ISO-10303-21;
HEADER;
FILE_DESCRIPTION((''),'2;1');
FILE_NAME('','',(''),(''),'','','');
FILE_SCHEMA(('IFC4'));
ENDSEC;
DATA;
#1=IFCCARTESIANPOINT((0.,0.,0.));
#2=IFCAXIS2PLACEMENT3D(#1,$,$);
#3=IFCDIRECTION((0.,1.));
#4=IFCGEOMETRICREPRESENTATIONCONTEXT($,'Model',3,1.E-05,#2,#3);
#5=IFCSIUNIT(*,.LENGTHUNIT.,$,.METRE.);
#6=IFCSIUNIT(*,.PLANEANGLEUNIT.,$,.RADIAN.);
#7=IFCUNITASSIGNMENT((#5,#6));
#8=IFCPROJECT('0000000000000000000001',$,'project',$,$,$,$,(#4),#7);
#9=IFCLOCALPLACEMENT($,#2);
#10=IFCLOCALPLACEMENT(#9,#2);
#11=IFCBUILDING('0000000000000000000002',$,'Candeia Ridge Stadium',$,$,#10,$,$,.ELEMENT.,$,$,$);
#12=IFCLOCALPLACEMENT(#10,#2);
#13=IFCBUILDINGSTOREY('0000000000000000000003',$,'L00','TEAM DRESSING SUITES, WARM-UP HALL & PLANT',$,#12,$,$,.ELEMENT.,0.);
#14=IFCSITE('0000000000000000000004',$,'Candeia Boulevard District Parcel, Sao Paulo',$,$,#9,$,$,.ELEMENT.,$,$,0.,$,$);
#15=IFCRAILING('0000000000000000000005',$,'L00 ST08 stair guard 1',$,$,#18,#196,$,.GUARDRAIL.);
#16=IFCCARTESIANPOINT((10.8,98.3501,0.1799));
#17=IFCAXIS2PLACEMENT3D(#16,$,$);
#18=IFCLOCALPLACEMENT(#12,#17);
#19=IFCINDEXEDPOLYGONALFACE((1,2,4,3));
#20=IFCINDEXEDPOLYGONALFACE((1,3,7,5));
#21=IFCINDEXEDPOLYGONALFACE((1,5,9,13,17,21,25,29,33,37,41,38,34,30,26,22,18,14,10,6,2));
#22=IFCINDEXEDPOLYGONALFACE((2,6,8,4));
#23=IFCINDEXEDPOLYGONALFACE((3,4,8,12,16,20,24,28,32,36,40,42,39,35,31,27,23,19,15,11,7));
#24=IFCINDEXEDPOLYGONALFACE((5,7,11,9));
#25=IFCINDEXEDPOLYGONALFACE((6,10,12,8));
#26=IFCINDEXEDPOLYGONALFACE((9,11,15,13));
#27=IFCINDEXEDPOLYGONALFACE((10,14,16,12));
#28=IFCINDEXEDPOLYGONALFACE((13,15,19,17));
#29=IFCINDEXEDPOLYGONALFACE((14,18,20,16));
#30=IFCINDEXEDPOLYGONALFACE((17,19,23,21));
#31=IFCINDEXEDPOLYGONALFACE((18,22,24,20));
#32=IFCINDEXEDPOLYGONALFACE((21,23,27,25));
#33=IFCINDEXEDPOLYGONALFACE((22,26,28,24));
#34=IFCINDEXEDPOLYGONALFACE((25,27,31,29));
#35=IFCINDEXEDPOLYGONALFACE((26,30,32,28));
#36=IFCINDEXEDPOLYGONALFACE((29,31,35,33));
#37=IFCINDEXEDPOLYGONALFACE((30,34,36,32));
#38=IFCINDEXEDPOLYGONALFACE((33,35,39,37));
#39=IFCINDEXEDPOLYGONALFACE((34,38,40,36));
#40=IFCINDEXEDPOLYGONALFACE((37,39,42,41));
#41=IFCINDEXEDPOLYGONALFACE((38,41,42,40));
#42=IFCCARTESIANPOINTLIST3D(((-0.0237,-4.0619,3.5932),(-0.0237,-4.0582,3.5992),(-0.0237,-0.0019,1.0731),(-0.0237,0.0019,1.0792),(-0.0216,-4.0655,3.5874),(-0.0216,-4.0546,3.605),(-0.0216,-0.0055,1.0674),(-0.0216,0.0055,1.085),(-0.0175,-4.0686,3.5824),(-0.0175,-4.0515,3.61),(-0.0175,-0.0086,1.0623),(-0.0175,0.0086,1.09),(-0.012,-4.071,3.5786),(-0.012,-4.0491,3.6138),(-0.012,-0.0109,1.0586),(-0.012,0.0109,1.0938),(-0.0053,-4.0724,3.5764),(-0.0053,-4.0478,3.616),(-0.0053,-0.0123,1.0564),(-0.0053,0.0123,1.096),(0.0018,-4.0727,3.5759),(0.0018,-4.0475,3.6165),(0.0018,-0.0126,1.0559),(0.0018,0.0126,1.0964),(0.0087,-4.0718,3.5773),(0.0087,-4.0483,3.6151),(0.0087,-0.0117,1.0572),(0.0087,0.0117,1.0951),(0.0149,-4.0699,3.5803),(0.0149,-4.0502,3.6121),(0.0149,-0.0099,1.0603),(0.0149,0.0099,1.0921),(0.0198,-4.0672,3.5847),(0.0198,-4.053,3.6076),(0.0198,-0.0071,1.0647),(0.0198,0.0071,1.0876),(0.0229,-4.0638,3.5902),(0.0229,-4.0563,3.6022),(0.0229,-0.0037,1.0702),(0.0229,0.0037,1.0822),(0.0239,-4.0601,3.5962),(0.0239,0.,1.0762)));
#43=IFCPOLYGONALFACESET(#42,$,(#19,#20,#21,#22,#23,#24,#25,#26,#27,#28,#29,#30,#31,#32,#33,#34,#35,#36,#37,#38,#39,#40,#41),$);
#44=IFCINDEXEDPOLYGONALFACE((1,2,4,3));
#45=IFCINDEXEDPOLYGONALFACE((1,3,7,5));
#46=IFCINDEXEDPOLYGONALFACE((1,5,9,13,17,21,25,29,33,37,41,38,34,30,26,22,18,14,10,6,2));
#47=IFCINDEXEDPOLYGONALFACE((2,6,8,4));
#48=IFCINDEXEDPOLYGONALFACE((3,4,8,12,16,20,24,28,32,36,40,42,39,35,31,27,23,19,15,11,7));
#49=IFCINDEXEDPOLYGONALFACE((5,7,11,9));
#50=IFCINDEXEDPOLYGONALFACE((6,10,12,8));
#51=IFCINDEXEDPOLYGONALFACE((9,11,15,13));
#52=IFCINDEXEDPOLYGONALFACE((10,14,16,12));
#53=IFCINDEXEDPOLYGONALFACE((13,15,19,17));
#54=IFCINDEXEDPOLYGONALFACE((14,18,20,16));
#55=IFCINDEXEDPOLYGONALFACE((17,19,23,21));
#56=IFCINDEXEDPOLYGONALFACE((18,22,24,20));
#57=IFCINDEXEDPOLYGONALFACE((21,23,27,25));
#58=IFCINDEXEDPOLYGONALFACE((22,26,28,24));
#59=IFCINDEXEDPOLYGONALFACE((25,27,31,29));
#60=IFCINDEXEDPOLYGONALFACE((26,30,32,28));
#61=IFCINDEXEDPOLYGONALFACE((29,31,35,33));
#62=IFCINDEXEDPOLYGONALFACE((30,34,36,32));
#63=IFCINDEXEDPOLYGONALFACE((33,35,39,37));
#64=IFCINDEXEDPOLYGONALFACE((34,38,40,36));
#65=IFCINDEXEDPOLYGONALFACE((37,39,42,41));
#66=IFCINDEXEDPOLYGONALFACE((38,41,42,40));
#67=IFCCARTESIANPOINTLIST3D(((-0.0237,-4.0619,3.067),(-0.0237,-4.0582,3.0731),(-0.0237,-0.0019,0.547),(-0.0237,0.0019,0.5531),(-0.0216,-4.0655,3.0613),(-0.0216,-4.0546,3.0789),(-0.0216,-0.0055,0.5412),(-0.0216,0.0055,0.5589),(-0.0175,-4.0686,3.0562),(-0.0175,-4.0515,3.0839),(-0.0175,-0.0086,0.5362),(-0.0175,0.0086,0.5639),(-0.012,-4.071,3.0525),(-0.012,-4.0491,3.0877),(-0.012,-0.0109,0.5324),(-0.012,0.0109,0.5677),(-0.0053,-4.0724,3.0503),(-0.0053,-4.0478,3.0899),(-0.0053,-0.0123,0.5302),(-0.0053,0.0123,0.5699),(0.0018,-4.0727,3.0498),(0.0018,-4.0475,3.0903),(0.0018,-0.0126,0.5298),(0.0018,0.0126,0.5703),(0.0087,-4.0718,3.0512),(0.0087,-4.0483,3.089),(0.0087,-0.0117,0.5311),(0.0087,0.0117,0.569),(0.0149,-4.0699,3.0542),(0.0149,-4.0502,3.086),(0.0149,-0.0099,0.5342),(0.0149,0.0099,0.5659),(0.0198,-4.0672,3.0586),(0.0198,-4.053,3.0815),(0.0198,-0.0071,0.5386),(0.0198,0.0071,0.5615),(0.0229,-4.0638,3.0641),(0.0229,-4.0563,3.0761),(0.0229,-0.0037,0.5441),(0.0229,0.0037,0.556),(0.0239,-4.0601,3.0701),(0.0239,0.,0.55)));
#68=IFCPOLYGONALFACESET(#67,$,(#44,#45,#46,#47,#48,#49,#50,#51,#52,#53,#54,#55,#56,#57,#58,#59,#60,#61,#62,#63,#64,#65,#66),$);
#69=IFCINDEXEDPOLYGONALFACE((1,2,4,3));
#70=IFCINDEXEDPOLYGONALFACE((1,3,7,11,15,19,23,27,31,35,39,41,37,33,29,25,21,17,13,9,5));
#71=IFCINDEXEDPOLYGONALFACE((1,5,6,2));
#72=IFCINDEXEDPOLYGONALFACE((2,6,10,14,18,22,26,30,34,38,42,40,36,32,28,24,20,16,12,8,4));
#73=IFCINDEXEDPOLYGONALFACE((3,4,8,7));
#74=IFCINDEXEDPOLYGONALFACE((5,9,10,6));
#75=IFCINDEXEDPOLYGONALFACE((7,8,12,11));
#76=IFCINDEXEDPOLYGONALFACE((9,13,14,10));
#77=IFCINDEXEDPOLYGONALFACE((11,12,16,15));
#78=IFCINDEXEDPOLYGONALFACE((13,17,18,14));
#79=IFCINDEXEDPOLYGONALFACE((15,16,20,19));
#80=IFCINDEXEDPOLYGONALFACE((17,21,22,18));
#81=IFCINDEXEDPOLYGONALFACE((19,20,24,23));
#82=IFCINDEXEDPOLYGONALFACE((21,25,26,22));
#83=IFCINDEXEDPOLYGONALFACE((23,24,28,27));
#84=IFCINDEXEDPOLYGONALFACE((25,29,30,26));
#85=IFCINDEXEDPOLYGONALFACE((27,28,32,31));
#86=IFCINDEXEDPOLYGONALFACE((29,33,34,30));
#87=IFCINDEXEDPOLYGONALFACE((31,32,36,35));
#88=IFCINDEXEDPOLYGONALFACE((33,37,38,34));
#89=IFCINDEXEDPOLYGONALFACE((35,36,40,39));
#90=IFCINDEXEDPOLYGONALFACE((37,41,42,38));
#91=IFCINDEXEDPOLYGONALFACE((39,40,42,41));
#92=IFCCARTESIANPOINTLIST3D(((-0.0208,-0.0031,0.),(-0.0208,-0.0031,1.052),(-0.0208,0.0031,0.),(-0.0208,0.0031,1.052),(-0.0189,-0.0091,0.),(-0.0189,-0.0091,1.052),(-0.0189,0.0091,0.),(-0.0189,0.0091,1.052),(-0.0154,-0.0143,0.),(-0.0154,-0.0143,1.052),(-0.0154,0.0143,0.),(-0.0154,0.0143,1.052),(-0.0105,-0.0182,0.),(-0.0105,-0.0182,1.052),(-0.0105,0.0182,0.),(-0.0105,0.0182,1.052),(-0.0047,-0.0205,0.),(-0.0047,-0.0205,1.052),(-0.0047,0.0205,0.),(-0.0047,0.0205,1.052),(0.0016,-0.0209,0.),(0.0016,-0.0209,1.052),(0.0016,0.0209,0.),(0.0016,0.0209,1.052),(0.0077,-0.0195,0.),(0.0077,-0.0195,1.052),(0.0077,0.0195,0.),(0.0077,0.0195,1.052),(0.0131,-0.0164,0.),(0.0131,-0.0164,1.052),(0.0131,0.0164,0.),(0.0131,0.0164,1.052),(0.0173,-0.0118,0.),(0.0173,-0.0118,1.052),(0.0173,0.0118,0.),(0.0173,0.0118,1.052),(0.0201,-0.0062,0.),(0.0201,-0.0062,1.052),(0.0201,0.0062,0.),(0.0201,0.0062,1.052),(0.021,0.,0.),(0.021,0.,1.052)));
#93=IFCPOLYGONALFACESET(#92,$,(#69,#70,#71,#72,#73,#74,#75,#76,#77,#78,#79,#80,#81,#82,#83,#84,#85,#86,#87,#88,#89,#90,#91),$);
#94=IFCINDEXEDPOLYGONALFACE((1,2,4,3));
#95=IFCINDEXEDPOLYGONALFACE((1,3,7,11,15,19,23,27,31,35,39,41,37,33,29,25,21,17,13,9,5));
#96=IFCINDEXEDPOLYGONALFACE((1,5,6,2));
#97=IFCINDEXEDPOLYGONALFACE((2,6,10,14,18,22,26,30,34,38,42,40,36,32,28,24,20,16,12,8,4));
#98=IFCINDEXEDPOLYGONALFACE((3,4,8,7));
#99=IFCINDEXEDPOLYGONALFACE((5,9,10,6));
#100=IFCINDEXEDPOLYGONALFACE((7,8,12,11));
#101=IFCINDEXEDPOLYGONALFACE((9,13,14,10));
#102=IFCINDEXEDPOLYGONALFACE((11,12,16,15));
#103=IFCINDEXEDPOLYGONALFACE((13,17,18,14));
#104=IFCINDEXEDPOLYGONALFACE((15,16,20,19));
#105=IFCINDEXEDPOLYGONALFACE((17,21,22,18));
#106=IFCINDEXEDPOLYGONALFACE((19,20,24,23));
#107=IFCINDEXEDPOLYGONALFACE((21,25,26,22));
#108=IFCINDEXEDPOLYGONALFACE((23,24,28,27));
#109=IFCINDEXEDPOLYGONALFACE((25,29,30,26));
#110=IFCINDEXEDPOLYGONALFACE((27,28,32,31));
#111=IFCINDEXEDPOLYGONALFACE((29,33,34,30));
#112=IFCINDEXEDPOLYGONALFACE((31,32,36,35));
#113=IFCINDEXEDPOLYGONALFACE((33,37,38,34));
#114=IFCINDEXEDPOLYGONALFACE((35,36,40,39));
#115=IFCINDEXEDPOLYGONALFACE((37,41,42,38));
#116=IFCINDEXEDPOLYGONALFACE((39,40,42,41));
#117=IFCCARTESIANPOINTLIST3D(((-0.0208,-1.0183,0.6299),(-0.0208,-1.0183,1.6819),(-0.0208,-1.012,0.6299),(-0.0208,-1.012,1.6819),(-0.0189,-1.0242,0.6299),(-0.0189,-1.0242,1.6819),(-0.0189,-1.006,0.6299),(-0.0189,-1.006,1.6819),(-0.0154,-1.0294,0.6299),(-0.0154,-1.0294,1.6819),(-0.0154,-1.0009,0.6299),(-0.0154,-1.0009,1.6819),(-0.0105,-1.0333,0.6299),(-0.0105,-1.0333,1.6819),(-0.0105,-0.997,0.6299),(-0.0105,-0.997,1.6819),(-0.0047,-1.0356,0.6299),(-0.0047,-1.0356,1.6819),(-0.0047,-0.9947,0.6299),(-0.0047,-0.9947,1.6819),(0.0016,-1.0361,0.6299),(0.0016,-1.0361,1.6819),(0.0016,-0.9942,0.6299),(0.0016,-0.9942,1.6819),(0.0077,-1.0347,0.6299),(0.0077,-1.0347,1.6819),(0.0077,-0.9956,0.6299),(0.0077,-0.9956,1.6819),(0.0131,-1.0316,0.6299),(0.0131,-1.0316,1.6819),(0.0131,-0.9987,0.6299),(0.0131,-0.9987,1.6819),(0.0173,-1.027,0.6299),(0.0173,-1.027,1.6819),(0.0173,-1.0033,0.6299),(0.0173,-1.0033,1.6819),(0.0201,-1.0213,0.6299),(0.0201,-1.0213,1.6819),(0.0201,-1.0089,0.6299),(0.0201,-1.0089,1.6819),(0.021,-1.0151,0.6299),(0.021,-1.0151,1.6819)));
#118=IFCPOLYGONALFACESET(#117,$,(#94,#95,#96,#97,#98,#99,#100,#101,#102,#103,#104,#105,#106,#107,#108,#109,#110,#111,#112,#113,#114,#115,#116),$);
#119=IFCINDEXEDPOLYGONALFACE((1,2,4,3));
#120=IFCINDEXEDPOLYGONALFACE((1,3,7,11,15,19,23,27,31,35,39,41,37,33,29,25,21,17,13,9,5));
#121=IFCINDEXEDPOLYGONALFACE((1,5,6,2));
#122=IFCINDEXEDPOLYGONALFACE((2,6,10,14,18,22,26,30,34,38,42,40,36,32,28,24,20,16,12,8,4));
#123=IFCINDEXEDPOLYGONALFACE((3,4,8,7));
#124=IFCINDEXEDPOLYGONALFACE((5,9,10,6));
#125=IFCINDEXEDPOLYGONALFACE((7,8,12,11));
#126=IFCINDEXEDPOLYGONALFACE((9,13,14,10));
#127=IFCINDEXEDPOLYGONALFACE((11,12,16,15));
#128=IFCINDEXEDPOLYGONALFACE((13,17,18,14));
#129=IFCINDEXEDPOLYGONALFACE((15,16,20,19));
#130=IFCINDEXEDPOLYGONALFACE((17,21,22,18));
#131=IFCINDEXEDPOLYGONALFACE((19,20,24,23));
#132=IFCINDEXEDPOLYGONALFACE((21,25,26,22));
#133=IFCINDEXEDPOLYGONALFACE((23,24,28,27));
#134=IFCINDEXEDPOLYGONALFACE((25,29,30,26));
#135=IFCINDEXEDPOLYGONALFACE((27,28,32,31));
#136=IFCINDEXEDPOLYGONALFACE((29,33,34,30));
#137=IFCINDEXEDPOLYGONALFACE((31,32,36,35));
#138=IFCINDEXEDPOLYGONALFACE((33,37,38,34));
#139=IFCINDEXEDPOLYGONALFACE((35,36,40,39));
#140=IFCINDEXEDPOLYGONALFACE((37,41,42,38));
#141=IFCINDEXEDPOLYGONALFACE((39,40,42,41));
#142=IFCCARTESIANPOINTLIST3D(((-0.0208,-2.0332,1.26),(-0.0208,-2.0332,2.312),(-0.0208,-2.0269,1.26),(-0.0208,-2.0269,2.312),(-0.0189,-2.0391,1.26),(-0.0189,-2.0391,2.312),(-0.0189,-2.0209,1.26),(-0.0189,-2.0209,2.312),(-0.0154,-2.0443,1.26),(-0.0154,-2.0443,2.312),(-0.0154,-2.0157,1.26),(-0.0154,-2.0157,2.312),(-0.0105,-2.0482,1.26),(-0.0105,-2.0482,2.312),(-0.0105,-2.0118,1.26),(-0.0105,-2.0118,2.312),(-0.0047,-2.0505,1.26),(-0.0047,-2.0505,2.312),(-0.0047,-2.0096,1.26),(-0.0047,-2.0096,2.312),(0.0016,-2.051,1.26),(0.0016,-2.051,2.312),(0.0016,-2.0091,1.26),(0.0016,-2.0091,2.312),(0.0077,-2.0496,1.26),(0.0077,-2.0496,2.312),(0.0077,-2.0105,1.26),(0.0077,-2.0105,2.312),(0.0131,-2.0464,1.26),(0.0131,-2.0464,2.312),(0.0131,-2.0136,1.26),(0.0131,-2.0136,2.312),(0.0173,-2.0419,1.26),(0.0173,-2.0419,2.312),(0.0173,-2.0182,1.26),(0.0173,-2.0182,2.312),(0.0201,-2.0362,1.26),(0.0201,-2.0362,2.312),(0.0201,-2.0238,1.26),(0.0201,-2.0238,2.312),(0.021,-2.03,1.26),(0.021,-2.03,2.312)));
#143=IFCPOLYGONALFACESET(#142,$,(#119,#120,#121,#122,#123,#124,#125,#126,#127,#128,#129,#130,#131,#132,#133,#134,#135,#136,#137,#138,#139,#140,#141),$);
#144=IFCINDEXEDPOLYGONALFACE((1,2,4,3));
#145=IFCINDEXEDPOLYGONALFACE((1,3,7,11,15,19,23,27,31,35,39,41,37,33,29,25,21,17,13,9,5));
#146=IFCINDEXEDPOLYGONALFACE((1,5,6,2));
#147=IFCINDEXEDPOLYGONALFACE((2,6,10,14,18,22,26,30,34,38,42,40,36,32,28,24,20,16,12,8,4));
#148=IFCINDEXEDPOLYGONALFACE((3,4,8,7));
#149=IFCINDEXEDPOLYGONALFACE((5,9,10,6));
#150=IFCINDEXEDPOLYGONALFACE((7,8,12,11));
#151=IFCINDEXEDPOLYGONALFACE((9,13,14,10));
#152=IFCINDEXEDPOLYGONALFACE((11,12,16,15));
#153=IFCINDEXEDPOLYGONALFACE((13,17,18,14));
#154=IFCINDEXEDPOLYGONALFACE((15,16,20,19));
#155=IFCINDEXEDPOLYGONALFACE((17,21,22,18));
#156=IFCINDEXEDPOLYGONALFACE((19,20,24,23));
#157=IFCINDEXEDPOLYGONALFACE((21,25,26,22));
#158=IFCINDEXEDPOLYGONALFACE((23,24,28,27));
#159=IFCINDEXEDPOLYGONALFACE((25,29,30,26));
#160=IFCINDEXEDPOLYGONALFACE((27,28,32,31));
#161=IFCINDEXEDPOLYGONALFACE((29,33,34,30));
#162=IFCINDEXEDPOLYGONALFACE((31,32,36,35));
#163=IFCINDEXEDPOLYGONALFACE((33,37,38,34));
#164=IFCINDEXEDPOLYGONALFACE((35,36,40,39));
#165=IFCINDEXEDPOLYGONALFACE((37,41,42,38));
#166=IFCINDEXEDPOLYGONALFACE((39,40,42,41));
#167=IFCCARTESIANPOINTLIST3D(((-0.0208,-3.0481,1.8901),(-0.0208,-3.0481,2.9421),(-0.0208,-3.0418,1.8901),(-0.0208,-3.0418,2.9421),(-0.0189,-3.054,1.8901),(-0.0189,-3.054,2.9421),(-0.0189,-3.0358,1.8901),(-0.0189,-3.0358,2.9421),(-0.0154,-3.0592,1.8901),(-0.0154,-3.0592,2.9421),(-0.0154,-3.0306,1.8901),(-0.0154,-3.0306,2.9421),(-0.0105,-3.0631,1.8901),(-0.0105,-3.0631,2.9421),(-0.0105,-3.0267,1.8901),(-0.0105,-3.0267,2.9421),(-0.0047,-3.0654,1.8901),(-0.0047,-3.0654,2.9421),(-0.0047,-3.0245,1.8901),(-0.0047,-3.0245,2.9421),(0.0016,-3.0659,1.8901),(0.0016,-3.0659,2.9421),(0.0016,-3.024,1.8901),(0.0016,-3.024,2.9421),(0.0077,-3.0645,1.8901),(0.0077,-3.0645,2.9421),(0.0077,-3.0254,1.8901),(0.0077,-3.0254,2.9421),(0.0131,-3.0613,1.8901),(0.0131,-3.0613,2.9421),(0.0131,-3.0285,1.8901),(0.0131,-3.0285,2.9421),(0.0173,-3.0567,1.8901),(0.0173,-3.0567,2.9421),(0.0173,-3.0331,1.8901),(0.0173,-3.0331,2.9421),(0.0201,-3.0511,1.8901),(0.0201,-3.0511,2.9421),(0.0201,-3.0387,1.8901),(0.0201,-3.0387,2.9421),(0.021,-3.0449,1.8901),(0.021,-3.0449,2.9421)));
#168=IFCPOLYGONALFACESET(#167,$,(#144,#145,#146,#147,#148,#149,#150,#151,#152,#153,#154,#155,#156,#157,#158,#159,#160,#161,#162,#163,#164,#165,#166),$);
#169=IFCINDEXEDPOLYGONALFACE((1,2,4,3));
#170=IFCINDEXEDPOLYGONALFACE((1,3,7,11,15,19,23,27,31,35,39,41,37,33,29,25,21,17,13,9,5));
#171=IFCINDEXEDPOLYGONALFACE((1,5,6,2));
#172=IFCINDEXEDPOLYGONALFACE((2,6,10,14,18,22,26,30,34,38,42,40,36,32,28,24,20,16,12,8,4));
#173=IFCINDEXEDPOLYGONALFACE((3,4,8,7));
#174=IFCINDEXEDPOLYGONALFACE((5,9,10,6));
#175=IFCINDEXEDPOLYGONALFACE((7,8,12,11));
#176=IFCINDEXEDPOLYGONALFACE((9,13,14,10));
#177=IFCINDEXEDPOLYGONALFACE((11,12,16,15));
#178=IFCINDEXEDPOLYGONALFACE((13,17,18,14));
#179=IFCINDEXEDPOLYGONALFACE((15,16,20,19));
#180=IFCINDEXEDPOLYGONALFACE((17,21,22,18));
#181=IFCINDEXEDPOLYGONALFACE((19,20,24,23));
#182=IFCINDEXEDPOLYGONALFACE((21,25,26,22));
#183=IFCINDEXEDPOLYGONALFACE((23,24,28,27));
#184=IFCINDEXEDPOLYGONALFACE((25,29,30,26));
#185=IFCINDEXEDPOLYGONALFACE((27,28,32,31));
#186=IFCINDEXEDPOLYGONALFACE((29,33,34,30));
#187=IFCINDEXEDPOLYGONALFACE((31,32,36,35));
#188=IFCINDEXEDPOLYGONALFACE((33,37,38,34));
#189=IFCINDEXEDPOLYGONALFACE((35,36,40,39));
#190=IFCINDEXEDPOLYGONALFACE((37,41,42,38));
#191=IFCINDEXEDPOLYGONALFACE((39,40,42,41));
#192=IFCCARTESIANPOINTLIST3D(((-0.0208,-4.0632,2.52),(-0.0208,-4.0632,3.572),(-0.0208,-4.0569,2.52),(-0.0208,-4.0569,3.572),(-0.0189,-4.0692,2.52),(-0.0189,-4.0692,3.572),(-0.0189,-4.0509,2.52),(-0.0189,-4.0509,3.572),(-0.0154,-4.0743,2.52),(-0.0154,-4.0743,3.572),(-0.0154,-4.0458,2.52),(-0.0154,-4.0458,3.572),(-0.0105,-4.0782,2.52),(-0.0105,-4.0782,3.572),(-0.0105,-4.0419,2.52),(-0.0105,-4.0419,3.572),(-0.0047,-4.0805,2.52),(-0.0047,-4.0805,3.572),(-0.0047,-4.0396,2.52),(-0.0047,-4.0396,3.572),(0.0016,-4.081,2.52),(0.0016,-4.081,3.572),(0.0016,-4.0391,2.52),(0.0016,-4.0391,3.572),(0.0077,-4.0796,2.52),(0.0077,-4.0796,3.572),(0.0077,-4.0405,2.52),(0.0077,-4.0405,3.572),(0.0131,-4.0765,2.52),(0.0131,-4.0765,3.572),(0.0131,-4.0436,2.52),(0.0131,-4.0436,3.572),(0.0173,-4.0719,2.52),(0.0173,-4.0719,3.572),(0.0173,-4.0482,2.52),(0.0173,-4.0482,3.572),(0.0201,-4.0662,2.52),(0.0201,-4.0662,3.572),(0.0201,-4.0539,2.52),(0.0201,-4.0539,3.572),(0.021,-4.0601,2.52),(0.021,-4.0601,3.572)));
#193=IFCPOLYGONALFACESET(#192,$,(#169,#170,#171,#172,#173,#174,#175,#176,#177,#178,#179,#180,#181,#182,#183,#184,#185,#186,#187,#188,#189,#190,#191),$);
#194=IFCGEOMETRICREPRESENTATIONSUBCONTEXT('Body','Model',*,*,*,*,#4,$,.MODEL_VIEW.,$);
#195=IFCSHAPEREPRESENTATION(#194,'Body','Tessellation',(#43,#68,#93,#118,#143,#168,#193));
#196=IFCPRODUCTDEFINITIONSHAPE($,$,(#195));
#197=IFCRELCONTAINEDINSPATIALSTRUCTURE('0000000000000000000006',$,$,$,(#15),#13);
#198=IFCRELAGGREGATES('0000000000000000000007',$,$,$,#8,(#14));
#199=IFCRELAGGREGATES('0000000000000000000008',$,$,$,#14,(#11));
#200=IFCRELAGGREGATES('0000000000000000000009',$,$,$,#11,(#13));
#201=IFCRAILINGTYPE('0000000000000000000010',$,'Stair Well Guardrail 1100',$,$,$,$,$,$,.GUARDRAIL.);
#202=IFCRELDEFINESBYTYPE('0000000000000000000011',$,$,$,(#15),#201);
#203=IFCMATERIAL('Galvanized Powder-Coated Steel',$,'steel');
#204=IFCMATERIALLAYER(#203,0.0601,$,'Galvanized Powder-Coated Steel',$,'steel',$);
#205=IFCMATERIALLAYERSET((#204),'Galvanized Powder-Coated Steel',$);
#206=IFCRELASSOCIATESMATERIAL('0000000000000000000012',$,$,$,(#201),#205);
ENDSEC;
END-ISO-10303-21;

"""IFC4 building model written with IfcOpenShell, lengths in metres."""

from ifc_helpers import new_model, si_unit, direction, frame, origin, origin_2d, place, context, subcontext, project, spatial, circle, extrude, material, layer, layer_set, type_object, element, save


model = new_model("IFC4")

# Units and contexts
model_context = context("Model", 3, precision=1e-05, world=origin(), true_north=direction((0.0, 1.0)))
body_context = subcontext(model_context, "Body", "Model", "MODEL_VIEW")
ifc_project = project(units=[si_unit("LENGTHUNIT", "METRE"), si_unit("PLANEANGLEUNIT", "RADIAN")], contexts=[model_context])

# Site, building, storey
site_placement = place(None, origin())
site = spatial("IfcSite", under=ifc_project, at=site_placement, Name="Candeia Boulevard District Parcel, Sao Paulo", CompositionType="ELEMENT", RefElevation=0.0)
building_placement = place(site_placement, origin())
building = spatial("IfcBuilding", under=site, at=building_placement, Name="Candeia Ridge Stadium", CompositionType="ELEMENT")
storey_placement = place(building_placement, origin())
storey = spatial("IfcBuildingStorey", under=building, at=storey_placement, Name="L00", Description="TEAM DRESSING SUITES, WARM-UP HALL & PLANT", CompositionType="ELEMENT", Elevation=0.0)

# Railing
ifc_material_1 = material(Name="Galvanized Powder-Coated Steel", Category="steel")
ifc_layer_1 = layer(ifc_material_1, 0.0601, Name="Galvanized Powder-Coated Steel", Category="steel")
ifc_layer_set_1 = layer_set([ifc_layer_1], Name="Galvanized Powder-Coated Steel")
railing_type_1 = type_object("IfcRailingType", Name="Stair Well Guardrail 1100", PredefinedType="GUARDRAIL", material=ifc_layer_set_1)
railing_1_placement = place(storey_placement, frame((10.8, 98.3501, 0.1799)))
element("IfcRailing", 1, at=railing_1_placement, inside=storey, type_object=railing_type_1, Name="L00 ST08 stair guard 1", PredefinedType="GUARDRAIL", context=body_context, shape_type="SweptSolid", body=[
    extrude(circle(Radius=0.0239, at=origin_2d()), frame((0.0, 0.0, 1.0762), z_axis=(0.0, -0.849642, 0.52736), x_axis=(1.0, 0.0, 0.0)), (0.0, 0.0, 1.0), 4.7786),
    extrude(circle(Radius=0.0239, at=origin_2d()), frame((0.0, 0.0, 0.55), z_axis=(0.0, -0.849642, 0.52736), x_axis=(1.0, 0.0, 0.0)), (0.0, 0.0, 1.0), 4.7786),
    extrude(circle(Radius=0.021, at=origin_2d()), origin(), (0.0, 0.0, 1.0), 1.052),
    extrude(circle(Radius=0.021, at=origin_2d()), frame((0.0, -1.0151, 0.6299)), (0.0, 0.0, 1.0), 1.052),
    extrude(circle(Radius=0.021, at=origin_2d()), frame((0.0, -2.03, 1.26)), (0.0, 0.0, 1.0), 1.052),
    extrude(circle(Radius=0.021, at=origin_2d()), frame((0.0, -3.0449, 1.8901)), (0.0, 0.0, 1.0), 1.052),
    extrude(circle(Radius=0.021, at=origin_2d()), frame((0.0, -4.0601, 2.52)), (0.0, 0.0, 1.0), 1.052),
])

save(model, "model.ifc")
